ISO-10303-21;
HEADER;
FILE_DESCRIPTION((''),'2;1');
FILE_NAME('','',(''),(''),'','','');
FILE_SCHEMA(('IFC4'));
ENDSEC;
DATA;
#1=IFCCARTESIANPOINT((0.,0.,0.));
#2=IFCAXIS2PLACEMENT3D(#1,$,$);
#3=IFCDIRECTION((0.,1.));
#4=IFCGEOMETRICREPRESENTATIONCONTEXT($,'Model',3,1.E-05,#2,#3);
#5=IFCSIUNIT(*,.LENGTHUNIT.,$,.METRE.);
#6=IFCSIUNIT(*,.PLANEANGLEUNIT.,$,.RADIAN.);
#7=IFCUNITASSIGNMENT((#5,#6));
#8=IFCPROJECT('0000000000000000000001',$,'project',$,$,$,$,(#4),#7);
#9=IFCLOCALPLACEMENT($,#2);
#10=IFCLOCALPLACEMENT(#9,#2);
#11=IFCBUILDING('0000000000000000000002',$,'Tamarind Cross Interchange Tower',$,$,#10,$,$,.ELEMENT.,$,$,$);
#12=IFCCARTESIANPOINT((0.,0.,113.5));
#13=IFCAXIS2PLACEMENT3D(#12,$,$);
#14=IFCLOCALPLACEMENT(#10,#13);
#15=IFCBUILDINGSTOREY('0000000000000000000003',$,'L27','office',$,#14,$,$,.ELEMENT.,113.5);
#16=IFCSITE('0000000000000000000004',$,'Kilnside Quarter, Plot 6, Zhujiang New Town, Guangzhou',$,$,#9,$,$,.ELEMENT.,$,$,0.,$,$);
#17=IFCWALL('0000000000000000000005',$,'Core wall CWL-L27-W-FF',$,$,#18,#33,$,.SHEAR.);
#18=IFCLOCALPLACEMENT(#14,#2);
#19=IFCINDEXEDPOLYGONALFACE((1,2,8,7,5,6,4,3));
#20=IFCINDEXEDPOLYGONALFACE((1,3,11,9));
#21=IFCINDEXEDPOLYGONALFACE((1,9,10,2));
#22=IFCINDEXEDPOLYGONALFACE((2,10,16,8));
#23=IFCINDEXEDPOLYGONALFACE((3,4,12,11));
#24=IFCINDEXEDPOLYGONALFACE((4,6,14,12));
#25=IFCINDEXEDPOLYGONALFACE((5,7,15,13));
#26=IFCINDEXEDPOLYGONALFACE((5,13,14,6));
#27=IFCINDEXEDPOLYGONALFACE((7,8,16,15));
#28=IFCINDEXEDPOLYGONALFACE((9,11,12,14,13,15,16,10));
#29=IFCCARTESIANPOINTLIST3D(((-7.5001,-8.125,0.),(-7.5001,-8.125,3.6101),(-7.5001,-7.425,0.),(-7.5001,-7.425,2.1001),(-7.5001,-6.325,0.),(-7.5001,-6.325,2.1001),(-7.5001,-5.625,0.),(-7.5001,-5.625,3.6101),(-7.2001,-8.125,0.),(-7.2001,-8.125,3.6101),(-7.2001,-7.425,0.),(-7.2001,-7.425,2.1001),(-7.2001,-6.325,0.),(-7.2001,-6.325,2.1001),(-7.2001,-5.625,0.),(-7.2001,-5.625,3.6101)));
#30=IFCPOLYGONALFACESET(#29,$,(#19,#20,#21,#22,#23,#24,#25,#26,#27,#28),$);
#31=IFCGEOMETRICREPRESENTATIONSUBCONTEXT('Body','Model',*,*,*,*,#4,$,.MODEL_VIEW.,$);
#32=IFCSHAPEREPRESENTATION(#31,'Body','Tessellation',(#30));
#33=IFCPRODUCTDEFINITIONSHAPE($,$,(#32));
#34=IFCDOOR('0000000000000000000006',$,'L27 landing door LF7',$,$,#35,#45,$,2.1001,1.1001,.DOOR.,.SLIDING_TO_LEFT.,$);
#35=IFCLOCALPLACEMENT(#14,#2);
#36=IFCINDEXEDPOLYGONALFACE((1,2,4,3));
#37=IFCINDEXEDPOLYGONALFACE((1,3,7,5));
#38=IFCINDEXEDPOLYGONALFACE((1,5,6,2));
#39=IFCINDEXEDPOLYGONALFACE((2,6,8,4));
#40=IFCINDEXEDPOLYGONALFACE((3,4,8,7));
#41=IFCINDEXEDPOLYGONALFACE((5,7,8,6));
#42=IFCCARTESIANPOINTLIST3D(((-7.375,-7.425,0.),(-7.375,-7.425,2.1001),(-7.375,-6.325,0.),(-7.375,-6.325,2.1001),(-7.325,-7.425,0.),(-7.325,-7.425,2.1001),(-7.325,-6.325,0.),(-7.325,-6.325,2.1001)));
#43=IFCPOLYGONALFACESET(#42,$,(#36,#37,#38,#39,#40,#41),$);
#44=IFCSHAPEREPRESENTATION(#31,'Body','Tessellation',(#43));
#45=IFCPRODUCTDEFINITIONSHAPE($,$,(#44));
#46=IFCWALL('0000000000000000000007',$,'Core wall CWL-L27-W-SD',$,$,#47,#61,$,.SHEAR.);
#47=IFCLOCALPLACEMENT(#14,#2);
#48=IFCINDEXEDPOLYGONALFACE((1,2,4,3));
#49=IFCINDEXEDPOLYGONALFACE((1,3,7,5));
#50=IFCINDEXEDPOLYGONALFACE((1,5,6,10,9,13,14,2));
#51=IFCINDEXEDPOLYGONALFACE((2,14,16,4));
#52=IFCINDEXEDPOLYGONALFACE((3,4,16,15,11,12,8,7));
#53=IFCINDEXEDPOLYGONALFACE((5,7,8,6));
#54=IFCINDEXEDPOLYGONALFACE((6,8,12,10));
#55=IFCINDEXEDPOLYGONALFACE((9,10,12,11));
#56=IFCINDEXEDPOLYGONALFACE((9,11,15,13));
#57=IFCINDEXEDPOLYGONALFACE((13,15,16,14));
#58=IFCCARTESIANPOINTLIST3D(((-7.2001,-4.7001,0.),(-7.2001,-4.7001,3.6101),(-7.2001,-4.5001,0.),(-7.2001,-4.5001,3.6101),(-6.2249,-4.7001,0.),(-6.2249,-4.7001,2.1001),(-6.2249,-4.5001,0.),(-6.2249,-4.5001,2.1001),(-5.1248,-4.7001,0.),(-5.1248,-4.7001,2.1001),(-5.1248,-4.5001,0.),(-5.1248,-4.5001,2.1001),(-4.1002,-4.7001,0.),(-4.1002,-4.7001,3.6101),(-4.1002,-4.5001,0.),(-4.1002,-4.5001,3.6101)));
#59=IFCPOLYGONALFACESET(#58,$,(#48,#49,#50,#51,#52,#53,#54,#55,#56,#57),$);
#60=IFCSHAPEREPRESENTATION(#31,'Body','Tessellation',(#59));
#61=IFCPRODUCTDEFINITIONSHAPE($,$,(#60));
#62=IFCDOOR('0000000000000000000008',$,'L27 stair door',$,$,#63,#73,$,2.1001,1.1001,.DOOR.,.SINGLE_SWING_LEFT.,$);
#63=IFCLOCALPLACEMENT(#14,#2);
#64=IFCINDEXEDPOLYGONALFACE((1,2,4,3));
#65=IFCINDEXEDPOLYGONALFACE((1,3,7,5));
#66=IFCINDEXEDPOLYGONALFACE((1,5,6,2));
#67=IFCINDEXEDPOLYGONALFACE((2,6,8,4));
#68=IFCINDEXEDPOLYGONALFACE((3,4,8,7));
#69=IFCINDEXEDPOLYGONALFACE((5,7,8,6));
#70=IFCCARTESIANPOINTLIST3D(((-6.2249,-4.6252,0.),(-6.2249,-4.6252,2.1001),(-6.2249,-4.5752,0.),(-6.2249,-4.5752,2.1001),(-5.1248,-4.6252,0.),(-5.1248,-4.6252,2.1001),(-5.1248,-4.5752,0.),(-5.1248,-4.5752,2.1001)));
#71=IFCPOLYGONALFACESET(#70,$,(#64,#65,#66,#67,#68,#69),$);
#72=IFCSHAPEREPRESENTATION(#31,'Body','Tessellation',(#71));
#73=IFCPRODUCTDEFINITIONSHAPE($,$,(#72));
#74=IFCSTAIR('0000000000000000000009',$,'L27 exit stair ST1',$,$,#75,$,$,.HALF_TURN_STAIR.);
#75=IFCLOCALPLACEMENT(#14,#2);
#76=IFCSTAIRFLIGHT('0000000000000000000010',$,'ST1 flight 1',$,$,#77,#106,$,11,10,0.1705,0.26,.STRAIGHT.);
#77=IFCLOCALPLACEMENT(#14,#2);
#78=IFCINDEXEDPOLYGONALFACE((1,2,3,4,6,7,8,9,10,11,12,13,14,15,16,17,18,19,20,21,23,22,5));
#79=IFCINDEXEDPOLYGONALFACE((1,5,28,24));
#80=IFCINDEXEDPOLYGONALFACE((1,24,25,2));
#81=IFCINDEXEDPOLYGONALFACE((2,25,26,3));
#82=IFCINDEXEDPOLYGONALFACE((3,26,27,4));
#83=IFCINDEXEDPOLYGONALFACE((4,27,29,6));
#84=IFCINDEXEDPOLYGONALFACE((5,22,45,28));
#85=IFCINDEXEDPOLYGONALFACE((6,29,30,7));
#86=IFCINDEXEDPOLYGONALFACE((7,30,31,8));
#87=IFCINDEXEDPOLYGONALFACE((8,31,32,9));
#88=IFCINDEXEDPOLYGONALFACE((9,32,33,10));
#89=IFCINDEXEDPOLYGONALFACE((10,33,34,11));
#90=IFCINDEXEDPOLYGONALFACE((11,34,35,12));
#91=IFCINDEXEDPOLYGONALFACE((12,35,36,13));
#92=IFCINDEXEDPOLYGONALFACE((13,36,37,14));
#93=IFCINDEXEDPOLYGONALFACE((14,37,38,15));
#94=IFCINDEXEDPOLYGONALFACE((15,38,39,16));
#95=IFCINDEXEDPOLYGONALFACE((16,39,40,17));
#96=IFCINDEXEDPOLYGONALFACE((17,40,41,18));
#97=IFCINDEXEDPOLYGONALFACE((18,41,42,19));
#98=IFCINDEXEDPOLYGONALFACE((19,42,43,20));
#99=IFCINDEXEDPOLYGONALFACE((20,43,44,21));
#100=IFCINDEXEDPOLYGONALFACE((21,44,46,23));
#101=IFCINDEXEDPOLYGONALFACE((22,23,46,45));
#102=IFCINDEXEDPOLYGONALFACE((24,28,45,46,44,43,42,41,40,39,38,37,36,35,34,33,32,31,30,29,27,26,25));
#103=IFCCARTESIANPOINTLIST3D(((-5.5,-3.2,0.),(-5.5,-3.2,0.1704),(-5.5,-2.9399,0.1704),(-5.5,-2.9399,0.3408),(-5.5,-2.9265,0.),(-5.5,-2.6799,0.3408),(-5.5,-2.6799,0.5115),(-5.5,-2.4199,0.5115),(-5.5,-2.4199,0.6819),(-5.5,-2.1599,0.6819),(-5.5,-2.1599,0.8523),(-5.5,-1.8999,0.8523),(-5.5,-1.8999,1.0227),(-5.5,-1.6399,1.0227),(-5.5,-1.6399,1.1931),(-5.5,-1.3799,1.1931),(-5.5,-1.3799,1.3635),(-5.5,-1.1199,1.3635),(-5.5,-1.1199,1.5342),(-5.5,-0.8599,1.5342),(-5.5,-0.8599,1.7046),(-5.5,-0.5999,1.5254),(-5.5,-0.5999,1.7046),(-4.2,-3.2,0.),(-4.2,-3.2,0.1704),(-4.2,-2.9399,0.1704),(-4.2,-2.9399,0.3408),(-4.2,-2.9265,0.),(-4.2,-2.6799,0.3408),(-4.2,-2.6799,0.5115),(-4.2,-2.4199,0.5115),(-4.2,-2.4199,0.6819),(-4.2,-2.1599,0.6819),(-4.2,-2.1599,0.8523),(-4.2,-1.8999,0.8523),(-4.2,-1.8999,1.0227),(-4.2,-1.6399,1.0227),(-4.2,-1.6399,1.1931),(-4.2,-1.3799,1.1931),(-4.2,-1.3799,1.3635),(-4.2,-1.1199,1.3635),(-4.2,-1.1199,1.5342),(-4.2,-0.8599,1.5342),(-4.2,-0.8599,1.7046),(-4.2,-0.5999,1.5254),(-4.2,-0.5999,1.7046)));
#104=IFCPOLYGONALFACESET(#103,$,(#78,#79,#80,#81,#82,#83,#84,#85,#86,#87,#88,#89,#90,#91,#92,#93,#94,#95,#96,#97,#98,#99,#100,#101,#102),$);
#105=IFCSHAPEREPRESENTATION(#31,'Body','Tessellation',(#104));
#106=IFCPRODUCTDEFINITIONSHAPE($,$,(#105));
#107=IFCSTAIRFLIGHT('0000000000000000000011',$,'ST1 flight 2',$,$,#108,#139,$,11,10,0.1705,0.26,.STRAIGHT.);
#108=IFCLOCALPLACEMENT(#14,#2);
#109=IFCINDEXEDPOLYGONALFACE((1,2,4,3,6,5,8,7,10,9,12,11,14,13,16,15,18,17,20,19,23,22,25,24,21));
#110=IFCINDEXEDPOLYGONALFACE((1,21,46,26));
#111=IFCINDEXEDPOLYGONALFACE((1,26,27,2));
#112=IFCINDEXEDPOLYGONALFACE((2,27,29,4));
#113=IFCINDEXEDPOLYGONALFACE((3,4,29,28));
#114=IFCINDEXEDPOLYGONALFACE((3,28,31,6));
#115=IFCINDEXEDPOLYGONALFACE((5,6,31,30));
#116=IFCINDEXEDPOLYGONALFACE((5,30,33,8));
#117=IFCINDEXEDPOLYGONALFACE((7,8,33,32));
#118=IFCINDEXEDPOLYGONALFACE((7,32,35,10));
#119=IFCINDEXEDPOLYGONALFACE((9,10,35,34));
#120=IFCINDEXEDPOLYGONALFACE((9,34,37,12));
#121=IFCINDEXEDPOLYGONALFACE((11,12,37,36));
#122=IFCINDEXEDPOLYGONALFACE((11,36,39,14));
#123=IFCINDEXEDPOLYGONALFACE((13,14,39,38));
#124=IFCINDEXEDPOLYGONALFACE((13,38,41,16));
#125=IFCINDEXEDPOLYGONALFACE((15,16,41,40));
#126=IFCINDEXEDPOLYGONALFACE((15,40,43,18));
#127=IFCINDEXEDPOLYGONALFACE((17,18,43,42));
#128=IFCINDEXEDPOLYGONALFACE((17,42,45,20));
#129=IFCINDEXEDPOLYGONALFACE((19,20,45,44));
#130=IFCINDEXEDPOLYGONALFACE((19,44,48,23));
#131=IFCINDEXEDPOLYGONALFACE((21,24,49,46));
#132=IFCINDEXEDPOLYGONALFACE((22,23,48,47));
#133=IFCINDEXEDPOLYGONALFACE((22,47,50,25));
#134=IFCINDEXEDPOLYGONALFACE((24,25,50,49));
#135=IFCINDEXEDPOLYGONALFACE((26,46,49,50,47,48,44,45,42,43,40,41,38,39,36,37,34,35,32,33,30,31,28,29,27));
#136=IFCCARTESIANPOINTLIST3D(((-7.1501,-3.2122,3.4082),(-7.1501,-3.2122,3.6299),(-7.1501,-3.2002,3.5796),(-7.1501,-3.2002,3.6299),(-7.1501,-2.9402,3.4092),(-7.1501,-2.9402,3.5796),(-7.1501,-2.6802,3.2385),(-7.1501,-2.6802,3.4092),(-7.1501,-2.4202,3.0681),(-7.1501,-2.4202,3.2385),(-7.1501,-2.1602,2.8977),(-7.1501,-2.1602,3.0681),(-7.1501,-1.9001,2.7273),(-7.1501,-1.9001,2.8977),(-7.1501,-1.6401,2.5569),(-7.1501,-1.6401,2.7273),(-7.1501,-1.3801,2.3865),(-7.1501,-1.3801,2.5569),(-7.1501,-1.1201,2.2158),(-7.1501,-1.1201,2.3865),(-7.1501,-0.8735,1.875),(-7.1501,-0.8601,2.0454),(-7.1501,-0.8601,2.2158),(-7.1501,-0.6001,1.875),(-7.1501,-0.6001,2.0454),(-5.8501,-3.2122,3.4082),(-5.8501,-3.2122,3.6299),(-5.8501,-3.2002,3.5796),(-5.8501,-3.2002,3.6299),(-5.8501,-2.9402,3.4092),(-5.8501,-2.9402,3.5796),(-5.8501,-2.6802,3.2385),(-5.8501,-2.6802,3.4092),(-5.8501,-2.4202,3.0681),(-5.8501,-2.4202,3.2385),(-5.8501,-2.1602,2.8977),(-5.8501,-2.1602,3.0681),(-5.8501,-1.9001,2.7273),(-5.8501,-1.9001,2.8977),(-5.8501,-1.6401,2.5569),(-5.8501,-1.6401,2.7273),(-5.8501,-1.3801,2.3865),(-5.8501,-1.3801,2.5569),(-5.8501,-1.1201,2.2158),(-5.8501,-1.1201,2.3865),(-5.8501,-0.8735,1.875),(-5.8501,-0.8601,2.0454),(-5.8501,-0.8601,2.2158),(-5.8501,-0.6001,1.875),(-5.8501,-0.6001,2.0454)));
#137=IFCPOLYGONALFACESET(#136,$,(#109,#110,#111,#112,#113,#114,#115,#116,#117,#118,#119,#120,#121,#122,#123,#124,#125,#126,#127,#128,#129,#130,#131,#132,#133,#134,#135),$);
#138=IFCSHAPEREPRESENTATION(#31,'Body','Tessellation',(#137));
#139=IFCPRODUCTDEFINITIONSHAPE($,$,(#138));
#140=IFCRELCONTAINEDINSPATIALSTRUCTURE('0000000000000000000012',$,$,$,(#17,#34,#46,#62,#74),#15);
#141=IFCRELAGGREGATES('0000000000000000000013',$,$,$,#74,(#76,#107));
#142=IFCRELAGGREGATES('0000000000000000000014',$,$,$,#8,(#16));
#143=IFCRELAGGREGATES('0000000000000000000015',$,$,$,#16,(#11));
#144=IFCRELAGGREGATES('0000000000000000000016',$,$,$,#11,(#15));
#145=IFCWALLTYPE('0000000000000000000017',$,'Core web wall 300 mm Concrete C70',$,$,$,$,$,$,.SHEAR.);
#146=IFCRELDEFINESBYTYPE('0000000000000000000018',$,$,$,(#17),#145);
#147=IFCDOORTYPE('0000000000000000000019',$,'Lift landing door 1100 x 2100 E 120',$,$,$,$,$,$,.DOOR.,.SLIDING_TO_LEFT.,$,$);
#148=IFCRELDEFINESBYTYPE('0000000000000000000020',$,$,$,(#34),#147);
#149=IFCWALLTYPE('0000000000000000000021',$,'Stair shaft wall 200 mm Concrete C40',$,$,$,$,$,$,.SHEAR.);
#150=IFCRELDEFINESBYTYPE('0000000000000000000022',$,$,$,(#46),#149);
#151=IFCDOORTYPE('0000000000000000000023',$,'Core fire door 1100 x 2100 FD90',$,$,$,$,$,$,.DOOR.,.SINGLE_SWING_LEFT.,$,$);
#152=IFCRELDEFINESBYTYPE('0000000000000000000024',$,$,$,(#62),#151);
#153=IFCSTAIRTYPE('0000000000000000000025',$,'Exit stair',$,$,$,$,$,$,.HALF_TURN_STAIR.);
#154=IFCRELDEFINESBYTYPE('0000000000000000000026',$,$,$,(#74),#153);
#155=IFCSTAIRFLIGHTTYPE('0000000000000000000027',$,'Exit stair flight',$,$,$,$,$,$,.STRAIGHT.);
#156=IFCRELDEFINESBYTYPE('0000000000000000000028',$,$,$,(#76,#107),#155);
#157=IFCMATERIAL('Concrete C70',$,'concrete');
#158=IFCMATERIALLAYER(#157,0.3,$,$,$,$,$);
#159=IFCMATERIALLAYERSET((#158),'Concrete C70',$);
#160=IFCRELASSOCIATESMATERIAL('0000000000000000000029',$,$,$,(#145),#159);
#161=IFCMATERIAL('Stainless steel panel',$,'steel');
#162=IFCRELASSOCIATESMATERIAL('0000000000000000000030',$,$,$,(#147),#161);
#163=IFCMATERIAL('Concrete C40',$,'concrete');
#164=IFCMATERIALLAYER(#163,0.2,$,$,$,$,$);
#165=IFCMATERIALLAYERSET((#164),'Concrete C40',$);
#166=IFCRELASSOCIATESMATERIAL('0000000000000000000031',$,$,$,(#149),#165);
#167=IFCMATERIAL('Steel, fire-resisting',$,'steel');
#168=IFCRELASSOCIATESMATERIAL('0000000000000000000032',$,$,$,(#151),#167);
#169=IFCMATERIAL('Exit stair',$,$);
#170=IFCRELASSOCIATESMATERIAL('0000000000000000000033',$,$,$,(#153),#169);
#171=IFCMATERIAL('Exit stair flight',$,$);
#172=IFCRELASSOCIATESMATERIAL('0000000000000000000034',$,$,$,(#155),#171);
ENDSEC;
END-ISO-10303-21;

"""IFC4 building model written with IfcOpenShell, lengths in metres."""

from ifc_helpers import new_model, si_unit, direction, frame, frame_2d, origin, place, context, subcontext, project, spatial, polyline, rectangle, outline, extrude, material, layer, layer_set, type_object, element, fill, aggregate, save


model = new_model("IFC4")

# Units and contexts
model_context = context("Model", 3, precision=1e-05, world=origin(), true_north=direction((0.0, 1.0)))
body_context = subcontext(model_context, "Body", "Model", "MODEL_VIEW")
ifc_project = project(units=[si_unit("LENGTHUNIT", "METRE"), si_unit("PLANEANGLEUNIT", "RADIAN")], contexts=[model_context])

# Site, building, storey
site_placement = place(None, origin())
site = spatial("IfcSite", under=ifc_project, at=site_placement, Name="Kilnside Quarter, Plot 6, Zhujiang New Town, Guangzhou", CompositionType="ELEMENT", RefElevation=0.0)
building_placement = place(site_placement, origin())
building = spatial("IfcBuilding", under=site, at=building_placement, Name="Tamarind Cross Interchange Tower", CompositionType="ELEMENT")
storey_placement = place(building_placement, frame((0.0, 0.0, 113.5)))
storey = spatial("IfcBuildingStorey", under=building, at=storey_placement, Name="L27", Description="office", CompositionType="ELEMENT", Elevation=113.5)

# Walls, openings, doors
ifc_material_1 = material(Name="Concrete C70", Category="concrete")
ifc_layer_1 = layer(ifc_material_1, 0.3)
ifc_layer_set_1 = layer_set([ifc_layer_1], Name="Concrete C70")
wall_type_1 = type_object("IfcWallType", Name="Core web wall 300 mm Concrete C70", PredefinedType="SHEAR", material=ifc_layer_set_1)
wall_1_placement = place(storey_placement, frame((-7.3501, -8.125, 0.0), z_axis=(0.0, 0.0, 1.0), x_axis=(0.0, 1.0, 0.0)))
wall_1 = element("IfcWall", 1, at=wall_1_placement, inside=storey, type_object=wall_type_1, Name="Core wall CWL-L27-W-FF", PredefinedType="SHEAR", context=body_context, shape_type="SweptSolid", body=[
    extrude(rectangle(XDim=2.5, YDim=0.3, at=frame_2d((1.25, 0.0))), origin(), (0.0, 0.0, 1.0), 3.6101),
])
opening_1_placement = place(wall_1_placement, frame((0.7, 0.0, 0.0)))
opening_1 = element("IfcOpeningElement", 2, at=opening_1_placement, cuts=wall_1, PredefinedType="OPENING", context=body_context, shape_type="SweptSolid", body=[
    extrude(rectangle(XDim=1.1001, YDim=2.1001, at=frame_2d((0.55, 1.05))), frame((0.0, 0.1599, 0.0), z_axis=(0.0, -1.0, 0.0), x_axis=(1.0, 0.0, 0.0)), (0.0, 0.0, 1.0), 0.3201),
])
ifc_material_2 = material(Name="Stainless steel panel", Category="steel")
door_type_1 = type_object("IfcDoorType", Name="Lift landing door 1100 x 2100 E 120", OperationType="SLIDING_TO_LEFT", PredefinedType="DOOR", material=ifc_material_2)
door_1_placement = place(opening_1_placement, origin())
door_1 = element("IfcDoor", 3, at=door_1_placement, inside=storey, type_object=door_type_1, Name="L27 landing door LF7", OperationType="SLIDING_TO_LEFT", OverallHeight=2.1001, OverallWidth=1.1001, PredefinedType="DOOR", context=body_context, shape_type="SweptSolid", body=[
    extrude(rectangle(XDim=1.1001, YDim=2.1001, at=frame_2d((0.55, 1.05))), frame((0.0, 0.0249, 0.0), z_axis=(0.0, -1.0, 0.0), x_axis=(1.0, 0.0, 0.0)), (0.0, 0.0, 1.0), 0.05),
])
fill(opening_1, door_1)
ifc_material_3 = material(Name="Concrete C40", Category="concrete")
ifc_layer_2 = layer(ifc_material_3, 0.2)
ifc_layer_set_2 = layer_set([ifc_layer_2], Name="Concrete C40")
wall_type_2 = type_object("IfcWallType", Name="Stair shaft wall 200 mm Concrete C40", PredefinedType="SHEAR", material=ifc_layer_set_2)
wall_2_placement = place(storey_placement, frame((-7.2, -4.6001, 0.0), z_axis=(0.0, 0.0, 1.0), x_axis=(1.0, 0.0, 0.0)))
wall_2 = element("IfcWall", 4, at=wall_2_placement, inside=storey, type_object=wall_type_2, Name="Core wall CWL-L27-W-SD", PredefinedType="SHEAR", context=body_context, shape_type="SweptSolid", body=[
    extrude(rectangle(XDim=3.0999, YDim=0.2, at=frame_2d((1.5498, 0.0))), origin(), (0.0, 0.0, 1.0), 3.6101),
])
opening_2_placement = place(wall_2_placement, frame((0.9751, 0.0, 0.0)))
opening_2 = element("IfcOpeningElement", 5, at=opening_2_placement, cuts=wall_2, PredefinedType="OPENING", context=body_context, shape_type="SweptSolid", body=[
    extrude(rectangle(XDim=1.1001, YDim=2.1001, at=frame_2d((0.55, 1.05))), frame((0.0, 0.1099, 0.0), z_axis=(0.0, -1.0, 0.0), x_axis=(1.0, 0.0, 0.0)), (0.0, 0.0, 1.0), 0.22),
])
ifc_material_4 = material(Name="Steel, fire-resisting", Category="steel")
door_type_2 = type_object("IfcDoorType", Name="Core fire door 1100 x 2100 FD90", OperationType="SINGLE_SWING_LEFT", PredefinedType="DOOR", material=ifc_material_4)
door_2_placement = place(opening_2_placement, origin())
door_2 = element("IfcDoor", 6, at=door_2_placement, inside=storey, type_object=door_type_2, Name="L27 stair door", OperationType="SINGLE_SWING_LEFT", OverallHeight=2.1001, OverallWidth=1.1001, PredefinedType="DOOR", context=body_context, shape_type="SweptSolid", body=[
    extrude(rectangle(XDim=1.1001, YDim=2.1001, at=frame_2d((0.55, 1.05))), frame((0.0, 0.0249, 0.0), z_axis=(0.0, -1.0, 0.0), x_axis=(1.0, 0.0, 0.0)), (0.0, 0.0, 1.0), 0.05),
])
fill(opening_2, door_2)

# Stair, stair flights
ifc_material_5 = material(Name="Exit stair")
stair_type = type_object("IfcStairType", Name="Exit stair", PredefinedType="HALF_TURN_STAIR", material=ifc_material_5)
stair_placement = place(storey_placement, origin())
stair = element("IfcStair", 7, at=stair_placement, inside=storey, type_object=stair_type, Name="L27 exit stair ST1", PredefinedType="HALF_TURN_STAIR")
ifc_material_6 = material(Name="Exit stair flight")
stair_flight_type = type_object("IfcStairFlightType", Name="Exit stair flight", PredefinedType="STRAIGHT", material=ifc_material_6)
stair_flight_1_placement = place(storey_placement, frame((-4.8501, -3.2, 0.0), z_axis=(0.0, 0.0, 1.0), x_axis=(0.0, 1.0, 0.0)))
stair_flight_1 = element("IfcStairFlight", 8, at=stair_flight_1_placement, type_object=stair_flight_type, Name="ST1 flight 1", NumberOfRisers=11, NumberOfTreads=10, PredefinedType="STRAIGHT", RiserHeight=0.1705, TreadLength=0.26, context=body_context, shape_type="SweptSolid", body=[
    extrude(outline(polyline([(0.0, 0.0), (0.0, 0.1704), (0.26, 0.1704), (0.26, 0.3408), (0.52, 0.3408), (0.52, 0.5115), (0.78, 0.5115), (0.78, 0.6819), (1.04, 0.6819), (1.04, 0.8523), (1.3, 0.8523), (1.3, 1.0227), (1.5601, 1.0227), (1.5601, 1.1931), (1.8201, 1.1931), (1.8201, 1.3635), (2.0801, 1.3635), (2.0801, 1.5342), (2.3401, 1.5342), (2.3401, 1.7046), (2.6001, 1.7046), (2.6001, 1.875), (2.6001, 1.5254), (0.2734, 0.0), (0.0, 0.0)])), frame((0.0, 0.6499, 0.0), z_axis=(0.0, -1.0, 0.0), x_axis=(1.0, 0.0, 0.0)), (0.0, 0.0, 1.0), 1.3),
])
stair_flight_2_placement = place(storey_placement, frame((-6.5, -0.6001, 1.875), z_axis=(0.0, 0.0, 1.0), x_axis=(0.0, -1.0, 0.0)))
stair_flight_2 = element("IfcStairFlight", 9, at=stair_flight_2_placement, type_object=stair_flight_type, Name="ST1 flight 2", NumberOfRisers=11, NumberOfTreads=10, PredefinedType="STRAIGHT", RiserHeight=0.1705, TreadLength=0.26, context=body_context, shape_type="SweptSolid", body=[
    extrude(outline(polyline([(0.0, 0.0), (0.0, 0.1704), (0.26, 0.1704), (0.26, 0.3408), (0.52, 0.3408), (0.52, 0.5115), (0.78, 0.5115), (0.78, 0.6819), (1.04, 0.6819), (1.04, 0.8523), (1.3, 0.8523), (1.3, 1.0227), (1.5601, 1.0227), (1.5601, 1.1931), (1.8201, 1.1931), (1.8201, 1.3635), (2.0801, 1.3635), (2.0801, 1.5342), (2.3401, 1.5342), (2.3401, 1.7046), (2.6001, 1.7046), (2.6001, 1.7549), (2.6121, 1.7549), (2.6121, 1.5332), (0.2734, 0.0), (0.0, 0.0)])), frame((0.0, 0.6499, 0.0), z_axis=(0.0, -1.0, 0.0), x_axis=(1.0, 0.0, 0.0)), (0.0, 0.0, 1.0), 1.3),
])
aggregate(stair, [stair_flight_1, stair_flight_2])

save(model, "model.ifc")
